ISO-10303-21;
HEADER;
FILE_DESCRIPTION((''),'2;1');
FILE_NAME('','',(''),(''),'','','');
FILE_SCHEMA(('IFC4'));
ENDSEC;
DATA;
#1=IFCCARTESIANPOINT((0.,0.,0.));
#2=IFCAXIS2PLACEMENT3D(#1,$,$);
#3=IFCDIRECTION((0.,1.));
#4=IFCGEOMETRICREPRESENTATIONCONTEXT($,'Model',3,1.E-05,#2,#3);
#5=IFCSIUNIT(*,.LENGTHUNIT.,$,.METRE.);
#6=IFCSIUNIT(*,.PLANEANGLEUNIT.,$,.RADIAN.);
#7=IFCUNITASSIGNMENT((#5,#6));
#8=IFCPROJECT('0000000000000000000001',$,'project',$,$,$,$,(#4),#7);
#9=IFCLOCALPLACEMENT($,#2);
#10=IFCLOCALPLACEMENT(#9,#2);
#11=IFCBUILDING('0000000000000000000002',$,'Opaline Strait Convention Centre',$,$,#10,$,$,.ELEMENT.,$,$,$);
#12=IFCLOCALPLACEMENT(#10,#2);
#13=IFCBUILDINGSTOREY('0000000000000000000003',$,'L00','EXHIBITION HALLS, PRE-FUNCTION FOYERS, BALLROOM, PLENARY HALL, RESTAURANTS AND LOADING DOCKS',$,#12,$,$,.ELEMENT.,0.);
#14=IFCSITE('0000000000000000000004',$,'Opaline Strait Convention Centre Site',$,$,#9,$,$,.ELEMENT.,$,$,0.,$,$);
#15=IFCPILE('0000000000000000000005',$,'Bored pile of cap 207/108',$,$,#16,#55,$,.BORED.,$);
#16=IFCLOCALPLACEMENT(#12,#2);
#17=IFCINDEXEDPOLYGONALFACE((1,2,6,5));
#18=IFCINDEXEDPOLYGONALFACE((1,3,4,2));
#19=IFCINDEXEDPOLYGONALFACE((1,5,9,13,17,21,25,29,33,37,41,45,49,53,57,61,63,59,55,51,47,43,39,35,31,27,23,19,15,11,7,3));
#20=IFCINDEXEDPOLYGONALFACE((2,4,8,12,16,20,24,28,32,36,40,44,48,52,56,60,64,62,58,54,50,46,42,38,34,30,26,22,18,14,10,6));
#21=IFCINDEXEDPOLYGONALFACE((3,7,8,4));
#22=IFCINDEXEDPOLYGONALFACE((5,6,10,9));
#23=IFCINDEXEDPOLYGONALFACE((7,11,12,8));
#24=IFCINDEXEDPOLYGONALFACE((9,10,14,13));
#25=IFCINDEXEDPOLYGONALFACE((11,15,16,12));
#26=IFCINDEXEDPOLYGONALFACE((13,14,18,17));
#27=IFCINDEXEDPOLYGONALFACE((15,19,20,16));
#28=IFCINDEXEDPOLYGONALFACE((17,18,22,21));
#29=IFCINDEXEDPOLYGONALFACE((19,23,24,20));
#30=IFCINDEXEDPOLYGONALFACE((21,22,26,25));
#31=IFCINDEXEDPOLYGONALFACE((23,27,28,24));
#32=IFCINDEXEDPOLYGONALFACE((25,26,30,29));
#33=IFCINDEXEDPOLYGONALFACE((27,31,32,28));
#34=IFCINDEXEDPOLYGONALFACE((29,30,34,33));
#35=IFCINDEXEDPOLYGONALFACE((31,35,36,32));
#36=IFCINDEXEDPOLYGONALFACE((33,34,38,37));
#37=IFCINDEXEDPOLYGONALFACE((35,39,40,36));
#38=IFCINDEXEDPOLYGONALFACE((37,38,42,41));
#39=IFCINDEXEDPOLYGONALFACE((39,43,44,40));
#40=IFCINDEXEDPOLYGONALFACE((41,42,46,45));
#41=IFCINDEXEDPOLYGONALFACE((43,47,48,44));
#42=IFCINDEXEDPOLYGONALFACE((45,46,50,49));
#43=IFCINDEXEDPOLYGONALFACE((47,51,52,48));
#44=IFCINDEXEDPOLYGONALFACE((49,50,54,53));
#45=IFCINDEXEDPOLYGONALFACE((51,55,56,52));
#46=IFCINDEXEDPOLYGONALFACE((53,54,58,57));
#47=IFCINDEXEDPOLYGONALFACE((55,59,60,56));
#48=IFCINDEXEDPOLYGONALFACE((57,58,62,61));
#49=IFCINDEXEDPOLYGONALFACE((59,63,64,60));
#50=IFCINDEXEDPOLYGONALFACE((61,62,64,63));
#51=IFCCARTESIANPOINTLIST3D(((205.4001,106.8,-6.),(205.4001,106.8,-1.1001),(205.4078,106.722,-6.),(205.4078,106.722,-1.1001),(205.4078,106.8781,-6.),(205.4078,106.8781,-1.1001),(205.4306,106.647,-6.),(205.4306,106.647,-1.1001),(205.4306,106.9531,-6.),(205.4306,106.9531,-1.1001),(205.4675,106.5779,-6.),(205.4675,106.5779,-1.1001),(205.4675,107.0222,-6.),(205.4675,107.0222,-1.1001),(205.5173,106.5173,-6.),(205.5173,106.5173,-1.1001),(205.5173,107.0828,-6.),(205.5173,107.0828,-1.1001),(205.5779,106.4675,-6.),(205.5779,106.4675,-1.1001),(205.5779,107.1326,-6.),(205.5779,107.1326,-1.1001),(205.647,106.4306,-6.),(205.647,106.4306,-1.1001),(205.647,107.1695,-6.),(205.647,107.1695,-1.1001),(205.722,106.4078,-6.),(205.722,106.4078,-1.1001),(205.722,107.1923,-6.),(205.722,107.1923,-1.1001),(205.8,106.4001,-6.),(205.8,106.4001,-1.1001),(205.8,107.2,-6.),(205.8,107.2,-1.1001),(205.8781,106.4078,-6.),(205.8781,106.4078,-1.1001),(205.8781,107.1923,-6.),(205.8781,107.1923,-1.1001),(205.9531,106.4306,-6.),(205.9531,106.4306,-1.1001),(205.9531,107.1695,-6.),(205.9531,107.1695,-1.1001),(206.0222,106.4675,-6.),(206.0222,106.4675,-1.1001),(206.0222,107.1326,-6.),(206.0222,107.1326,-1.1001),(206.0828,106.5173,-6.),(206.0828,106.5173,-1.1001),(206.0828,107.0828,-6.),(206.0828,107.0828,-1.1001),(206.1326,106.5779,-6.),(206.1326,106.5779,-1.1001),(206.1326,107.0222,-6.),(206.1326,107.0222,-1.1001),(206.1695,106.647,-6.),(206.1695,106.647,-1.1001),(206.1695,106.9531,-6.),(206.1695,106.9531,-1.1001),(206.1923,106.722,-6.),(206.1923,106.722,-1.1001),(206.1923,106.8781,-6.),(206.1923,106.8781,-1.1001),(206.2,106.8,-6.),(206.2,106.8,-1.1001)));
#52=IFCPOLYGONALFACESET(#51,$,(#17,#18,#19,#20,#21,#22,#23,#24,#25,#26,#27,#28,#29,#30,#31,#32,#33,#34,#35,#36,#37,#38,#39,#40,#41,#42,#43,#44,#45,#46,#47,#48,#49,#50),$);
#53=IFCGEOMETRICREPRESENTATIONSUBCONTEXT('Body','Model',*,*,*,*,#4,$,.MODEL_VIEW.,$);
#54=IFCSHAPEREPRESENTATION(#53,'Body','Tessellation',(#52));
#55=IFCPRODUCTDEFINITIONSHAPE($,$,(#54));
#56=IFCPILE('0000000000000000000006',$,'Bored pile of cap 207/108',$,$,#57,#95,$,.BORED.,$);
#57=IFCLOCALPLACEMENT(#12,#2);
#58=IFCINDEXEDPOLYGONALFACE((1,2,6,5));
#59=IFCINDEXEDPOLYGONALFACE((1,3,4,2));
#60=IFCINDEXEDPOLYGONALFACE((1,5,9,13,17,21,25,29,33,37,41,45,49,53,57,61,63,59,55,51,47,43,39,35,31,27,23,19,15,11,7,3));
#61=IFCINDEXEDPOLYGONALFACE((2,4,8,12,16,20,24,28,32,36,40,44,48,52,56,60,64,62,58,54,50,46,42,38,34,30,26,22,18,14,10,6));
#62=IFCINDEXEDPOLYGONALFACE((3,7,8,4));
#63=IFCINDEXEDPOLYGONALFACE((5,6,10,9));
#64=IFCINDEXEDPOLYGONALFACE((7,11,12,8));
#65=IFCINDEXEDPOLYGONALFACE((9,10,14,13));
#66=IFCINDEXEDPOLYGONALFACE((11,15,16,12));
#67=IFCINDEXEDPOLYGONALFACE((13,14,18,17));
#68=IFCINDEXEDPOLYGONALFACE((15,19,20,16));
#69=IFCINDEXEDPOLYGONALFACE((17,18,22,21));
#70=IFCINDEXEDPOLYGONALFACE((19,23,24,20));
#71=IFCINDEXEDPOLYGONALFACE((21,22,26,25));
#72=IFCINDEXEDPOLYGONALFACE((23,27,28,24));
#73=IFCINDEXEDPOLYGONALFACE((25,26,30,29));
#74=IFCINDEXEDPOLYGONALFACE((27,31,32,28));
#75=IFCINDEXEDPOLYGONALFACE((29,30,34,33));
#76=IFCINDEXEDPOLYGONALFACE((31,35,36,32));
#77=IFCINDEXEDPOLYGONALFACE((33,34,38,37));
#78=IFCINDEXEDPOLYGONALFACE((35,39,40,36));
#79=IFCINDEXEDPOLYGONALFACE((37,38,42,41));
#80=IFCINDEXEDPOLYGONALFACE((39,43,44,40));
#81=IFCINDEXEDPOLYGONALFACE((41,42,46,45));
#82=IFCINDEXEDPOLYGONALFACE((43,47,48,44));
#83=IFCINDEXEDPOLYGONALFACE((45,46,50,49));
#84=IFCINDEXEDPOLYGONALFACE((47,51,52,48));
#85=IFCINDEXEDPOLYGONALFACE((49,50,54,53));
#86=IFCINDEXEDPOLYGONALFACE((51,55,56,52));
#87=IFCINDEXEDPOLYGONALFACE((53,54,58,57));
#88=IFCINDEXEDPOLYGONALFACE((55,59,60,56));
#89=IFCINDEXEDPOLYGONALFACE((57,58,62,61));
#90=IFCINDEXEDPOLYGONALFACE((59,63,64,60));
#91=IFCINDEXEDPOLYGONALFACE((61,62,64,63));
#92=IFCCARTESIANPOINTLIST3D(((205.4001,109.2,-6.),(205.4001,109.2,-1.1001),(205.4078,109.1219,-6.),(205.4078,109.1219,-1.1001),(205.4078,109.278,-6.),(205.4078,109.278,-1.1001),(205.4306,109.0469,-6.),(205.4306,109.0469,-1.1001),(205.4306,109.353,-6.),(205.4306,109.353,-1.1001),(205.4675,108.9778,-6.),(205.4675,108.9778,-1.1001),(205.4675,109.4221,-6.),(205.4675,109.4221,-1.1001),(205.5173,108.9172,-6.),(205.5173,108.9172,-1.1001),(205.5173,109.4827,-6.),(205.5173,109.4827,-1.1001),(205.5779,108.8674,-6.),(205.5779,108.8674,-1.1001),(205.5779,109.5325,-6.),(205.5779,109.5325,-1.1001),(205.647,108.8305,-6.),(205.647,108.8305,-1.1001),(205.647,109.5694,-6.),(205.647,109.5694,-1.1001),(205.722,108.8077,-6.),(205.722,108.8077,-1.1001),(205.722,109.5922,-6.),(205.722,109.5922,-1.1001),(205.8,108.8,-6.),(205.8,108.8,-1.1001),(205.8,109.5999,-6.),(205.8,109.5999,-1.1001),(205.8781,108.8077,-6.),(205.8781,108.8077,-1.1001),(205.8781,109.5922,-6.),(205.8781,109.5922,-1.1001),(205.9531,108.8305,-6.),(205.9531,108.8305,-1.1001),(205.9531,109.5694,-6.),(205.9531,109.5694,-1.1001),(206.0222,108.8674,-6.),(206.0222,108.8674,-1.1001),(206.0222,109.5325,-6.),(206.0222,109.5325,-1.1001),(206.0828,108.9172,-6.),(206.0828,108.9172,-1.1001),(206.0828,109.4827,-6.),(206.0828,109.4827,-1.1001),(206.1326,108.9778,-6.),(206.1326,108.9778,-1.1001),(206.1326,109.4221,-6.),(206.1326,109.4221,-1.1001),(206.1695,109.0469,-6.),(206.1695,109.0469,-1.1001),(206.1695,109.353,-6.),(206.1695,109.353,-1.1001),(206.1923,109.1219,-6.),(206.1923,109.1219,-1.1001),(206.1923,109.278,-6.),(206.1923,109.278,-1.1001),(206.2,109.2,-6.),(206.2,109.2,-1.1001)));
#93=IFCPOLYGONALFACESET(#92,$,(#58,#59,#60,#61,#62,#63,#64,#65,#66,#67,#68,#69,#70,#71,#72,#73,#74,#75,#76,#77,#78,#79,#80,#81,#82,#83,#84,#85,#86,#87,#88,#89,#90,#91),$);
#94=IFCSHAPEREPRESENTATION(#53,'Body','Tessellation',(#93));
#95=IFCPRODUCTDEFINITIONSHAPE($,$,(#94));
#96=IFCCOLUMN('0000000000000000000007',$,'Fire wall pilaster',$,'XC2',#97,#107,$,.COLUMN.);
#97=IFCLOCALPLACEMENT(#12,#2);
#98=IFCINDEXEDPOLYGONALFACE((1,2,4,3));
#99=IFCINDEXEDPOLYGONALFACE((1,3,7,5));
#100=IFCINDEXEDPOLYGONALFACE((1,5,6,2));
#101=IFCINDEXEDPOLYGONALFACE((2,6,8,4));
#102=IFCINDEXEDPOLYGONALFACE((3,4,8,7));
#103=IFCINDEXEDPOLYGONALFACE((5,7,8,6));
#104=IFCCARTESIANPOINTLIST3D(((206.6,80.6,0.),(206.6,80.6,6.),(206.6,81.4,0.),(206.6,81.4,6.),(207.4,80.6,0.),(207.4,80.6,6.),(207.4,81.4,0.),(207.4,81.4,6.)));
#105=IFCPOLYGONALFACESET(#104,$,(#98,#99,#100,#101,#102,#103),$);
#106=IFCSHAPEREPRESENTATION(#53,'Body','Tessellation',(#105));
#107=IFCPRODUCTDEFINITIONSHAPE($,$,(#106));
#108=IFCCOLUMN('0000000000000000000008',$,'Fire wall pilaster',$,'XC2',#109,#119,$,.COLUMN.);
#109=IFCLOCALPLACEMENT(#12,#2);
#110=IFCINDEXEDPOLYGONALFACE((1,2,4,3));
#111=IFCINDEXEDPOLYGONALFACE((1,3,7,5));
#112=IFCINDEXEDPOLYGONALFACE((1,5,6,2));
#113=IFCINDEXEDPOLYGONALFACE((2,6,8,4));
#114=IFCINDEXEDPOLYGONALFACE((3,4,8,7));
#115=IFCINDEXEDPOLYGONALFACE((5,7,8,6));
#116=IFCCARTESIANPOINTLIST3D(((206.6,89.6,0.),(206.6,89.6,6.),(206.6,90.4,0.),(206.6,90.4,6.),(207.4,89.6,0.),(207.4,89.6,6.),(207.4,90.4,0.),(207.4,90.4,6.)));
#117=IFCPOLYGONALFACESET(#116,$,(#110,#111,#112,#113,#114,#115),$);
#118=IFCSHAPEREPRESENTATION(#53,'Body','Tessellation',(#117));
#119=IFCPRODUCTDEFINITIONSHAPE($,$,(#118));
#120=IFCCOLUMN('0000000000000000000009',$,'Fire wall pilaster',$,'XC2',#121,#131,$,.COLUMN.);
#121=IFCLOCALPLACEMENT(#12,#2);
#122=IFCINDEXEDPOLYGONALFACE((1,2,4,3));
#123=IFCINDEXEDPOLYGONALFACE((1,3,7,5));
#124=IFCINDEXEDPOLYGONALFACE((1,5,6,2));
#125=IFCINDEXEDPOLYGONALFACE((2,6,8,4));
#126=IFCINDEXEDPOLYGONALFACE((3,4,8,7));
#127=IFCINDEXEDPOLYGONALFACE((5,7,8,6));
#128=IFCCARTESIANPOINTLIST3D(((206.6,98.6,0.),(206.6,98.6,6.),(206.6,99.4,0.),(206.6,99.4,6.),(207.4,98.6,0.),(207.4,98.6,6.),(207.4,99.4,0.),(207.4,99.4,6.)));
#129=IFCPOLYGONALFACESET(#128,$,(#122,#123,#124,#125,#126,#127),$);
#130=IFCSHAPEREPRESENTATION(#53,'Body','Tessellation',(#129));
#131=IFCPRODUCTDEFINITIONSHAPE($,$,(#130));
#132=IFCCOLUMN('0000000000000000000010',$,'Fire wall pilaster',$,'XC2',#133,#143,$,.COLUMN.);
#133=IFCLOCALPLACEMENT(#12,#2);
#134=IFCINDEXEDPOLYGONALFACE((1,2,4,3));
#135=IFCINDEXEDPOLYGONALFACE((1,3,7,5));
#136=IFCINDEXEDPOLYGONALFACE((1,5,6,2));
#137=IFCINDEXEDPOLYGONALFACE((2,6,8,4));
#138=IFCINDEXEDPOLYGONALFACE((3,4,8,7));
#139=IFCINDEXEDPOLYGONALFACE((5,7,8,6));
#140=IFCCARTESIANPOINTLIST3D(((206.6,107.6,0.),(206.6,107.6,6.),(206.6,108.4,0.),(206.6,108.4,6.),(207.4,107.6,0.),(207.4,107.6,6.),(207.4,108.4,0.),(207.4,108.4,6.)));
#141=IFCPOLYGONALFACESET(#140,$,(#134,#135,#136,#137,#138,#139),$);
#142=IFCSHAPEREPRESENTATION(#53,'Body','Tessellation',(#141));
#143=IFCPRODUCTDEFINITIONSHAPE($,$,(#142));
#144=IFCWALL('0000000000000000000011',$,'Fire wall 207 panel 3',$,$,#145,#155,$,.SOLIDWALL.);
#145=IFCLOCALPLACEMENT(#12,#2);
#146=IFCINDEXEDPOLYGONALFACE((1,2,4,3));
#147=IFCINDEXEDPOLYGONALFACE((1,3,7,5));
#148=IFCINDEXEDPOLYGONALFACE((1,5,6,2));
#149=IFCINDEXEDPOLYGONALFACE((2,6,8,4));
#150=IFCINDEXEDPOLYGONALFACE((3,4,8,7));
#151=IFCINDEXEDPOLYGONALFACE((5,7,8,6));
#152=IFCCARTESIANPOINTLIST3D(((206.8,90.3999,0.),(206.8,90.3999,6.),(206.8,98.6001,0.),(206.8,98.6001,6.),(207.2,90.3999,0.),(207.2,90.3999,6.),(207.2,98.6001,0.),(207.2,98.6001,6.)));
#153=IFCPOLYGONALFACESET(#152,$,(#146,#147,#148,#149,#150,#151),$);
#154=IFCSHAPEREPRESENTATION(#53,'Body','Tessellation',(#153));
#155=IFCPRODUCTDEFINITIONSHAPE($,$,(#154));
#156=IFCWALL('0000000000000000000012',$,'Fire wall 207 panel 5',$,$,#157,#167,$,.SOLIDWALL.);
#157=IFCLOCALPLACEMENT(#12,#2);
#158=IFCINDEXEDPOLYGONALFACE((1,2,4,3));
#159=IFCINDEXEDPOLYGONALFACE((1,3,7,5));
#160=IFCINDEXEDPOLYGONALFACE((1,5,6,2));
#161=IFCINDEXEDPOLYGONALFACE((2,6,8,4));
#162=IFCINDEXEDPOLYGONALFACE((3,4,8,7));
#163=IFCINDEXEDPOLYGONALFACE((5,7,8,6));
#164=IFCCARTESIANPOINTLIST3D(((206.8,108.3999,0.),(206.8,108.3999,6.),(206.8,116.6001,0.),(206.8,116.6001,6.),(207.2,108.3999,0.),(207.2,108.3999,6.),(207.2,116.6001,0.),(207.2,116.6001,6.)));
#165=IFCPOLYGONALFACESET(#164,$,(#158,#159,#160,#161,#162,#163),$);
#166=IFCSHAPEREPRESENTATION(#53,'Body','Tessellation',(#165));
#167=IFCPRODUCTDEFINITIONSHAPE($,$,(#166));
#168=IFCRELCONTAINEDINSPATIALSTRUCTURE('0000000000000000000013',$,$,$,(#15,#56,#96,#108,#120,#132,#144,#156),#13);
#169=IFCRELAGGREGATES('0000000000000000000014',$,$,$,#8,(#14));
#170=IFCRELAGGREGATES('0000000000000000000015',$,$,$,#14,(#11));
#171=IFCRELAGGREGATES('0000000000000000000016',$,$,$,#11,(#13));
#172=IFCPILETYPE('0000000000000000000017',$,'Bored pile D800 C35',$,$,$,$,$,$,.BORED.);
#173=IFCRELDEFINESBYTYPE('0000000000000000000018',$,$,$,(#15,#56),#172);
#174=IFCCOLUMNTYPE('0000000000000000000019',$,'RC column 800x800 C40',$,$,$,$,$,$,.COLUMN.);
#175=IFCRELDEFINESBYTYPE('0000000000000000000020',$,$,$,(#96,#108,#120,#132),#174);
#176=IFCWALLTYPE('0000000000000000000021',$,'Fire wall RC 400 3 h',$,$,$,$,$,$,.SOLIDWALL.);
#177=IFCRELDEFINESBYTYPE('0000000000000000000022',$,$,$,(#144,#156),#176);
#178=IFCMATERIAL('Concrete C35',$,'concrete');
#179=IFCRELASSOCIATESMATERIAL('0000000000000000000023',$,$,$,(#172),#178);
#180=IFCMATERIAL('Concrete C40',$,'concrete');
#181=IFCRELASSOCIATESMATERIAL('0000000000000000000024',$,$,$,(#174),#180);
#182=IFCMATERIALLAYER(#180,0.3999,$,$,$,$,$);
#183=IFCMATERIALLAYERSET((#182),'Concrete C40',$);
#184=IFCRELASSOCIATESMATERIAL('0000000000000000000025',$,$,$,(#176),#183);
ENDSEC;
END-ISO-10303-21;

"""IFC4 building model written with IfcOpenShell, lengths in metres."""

from ifc_helpers import new_model, si_unit, direction, frame, frame_2d, origin, origin_2d, place, context, subcontext, project, spatial, rectangle, circle, extrude, material, layer, layer_set, material_profile, profile_set, type_object, element, save


model = new_model("IFC4")

# Units and contexts
model_context = context("Model", 3, precision=1e-05, world=origin(), true_north=direction((0.0, 1.0)))
body_context = subcontext(model_context, "Body", "Model", "MODEL_VIEW")
ifc_project = project(units=[si_unit("LENGTHUNIT", "METRE"), si_unit("PLANEANGLEUNIT", "RADIAN")], contexts=[model_context])

# Site, building, storey
site_placement = place(None, origin())
site = spatial("IfcSite", under=ifc_project, at=site_placement, Name="Opaline Strait Convention Centre Site", CompositionType="ELEMENT", RefElevation=0.0)
building_placement = place(site_placement, origin())
building = spatial("IfcBuilding", under=site, at=building_placement, Name="Opaline Strait Convention Centre", CompositionType="ELEMENT")
storey_placement = place(building_placement, origin())
storey = spatial("IfcBuildingStorey", under=building, at=storey_placement, Name="L00", Description="EXHIBITION HALLS, PRE-FUNCTION FOYERS, BALLROOM, PLENARY HALL, RESTAURANTS AND LOADING DOCKS", CompositionType="ELEMENT", Elevation=0.0)

# Piles
ifc_material_1 = material(Name="Concrete C35", Category="concrete")
ifc_material_profile_1 = material_profile(ifc_material_1, circle(Radius=0.3999, at=origin_2d()), Name="D800")
ifc_profile_set_1 = profile_set([ifc_material_profile_1], Name="Concrete C35")
pile_type = type_object("IfcPileType", Name="Bored pile D800 C35", PredefinedType="BORED", material=ifc_profile_set_1)
for number, where, z_axis, x_axis, name in (
    (1, (205.8, 106.8, -1.1001), (0.0, 0.0, -1.0), (1.0, 0.0, 0.0), "Bored pile of cap 207/108"),
    (2, (205.8, 109.2, -1.1001), (0.0, 0.0, -1.0), (1.0, 0.0, 0.0), "Bored pile of cap 207/108"),
):
    element("IfcPile", number, at=place(storey_placement, frame(where, z_axis=z_axis, x_axis=x_axis)), inside=storey, type_object=pile_type, Name=name, PredefinedType="BORED", context=body_context, shape_type="SweptSolid", body=[
        extrude(circle(Radius=0.3999, at=origin_2d()), origin(), (0.0, 0.0, 1.0), 4.8999),
    ])

# Columns
ifc_material_2 = material(Name="Concrete C40", Category="concrete")
ifc_material_profile_2 = material_profile(ifc_material_2, rectangle(XDim=0.8, YDim=0.8, at=origin_2d()), Name="RC 800x800")
ifc_profile_set_2 = profile_set([ifc_material_profile_2], Name="Concrete C40")
column_type = type_object("IfcColumnType", Name="RC column 800x800 C40", PredefinedType="COLUMN", material=ifc_profile_set_2)
for number, where, z_axis, x_axis, name in (
    (3, (207.0, 81.0, 0.0), (0.0, 0.0, 1.0), (1.0, 0.0, 0.0), "Fire wall pilaster"),
    (4, (207.0, 90.0, 0.0), (0.0, 0.0, 1.0), (1.0, 0.0, 0.0), "Fire wall pilaster"),
    (5, (207.0, 99.0, 0.0), (0.0, 0.0, 1.0), (1.0, 0.0, 0.0), "Fire wall pilaster"),
    (6, (207.0, 108.0, 0.0), (0.0, 0.0, 1.0), (1.0, 0.0, 0.0), "Fire wall pilaster"),
):
    element("IfcColumn", number, at=place(storey_placement, frame(where, z_axis=z_axis, x_axis=x_axis)), inside=storey, type_object=column_type, Name=name, ObjectType="XC2", PredefinedType="COLUMN", context=body_context, shape_type="SweptSolid", body=[
        extrude(rectangle(XDim=0.8, YDim=0.8, at=origin_2d()), origin(), (0.0, 0.0, 1.0), 6.0),
    ])

# Shared definitions
ifc_layer = layer(ifc_material_2, 0.3999)
ifc_layer_set = layer_set([ifc_layer], Name="Concrete C40")
wall_type = type_object("IfcWallType", Name="Fire wall RC 400 3 h", PredefinedType="SOLIDWALL", material=ifc_layer_set)

# Wall
wall_1_placement = place(storey_placement, frame((207.0, 90.3999, 0.0), z_axis=(0.0, 0.0, 1.0), x_axis=(0.0, 1.0, 0.0)))
element("IfcWall", 7, at=wall_1_placement, inside=storey, type_object=wall_type, Name="Fire wall 207 panel 3", PredefinedType="SOLIDWALL", context=body_context, shape_type="SweptSolid", body=[
    extrude(rectangle(XDim=8.2002, YDim=0.3999, at=frame_2d((4.1001, 0.0))), origin(), (0.0, 0.0, 1.0), 6.0),
])

# Wall
wall_2_placement = place(storey_placement, frame((207.0, 108.3999, 0.0), z_axis=(0.0, 0.0, 1.0), x_axis=(0.0, 1.0, 0.0)))
element("IfcWall", 8, at=wall_2_placement, inside=storey, type_object=wall_type, Name="Fire wall 207 panel 5", PredefinedType="SOLIDWALL", context=body_context, shape_type="SweptSolid", body=[
    extrude(rectangle(XDim=8.2002, YDim=0.3999, at=frame_2d((4.1001, 0.0))), origin(), (0.0, 0.0, 1.0), 6.0),
])

save(model, "model.ifc")
